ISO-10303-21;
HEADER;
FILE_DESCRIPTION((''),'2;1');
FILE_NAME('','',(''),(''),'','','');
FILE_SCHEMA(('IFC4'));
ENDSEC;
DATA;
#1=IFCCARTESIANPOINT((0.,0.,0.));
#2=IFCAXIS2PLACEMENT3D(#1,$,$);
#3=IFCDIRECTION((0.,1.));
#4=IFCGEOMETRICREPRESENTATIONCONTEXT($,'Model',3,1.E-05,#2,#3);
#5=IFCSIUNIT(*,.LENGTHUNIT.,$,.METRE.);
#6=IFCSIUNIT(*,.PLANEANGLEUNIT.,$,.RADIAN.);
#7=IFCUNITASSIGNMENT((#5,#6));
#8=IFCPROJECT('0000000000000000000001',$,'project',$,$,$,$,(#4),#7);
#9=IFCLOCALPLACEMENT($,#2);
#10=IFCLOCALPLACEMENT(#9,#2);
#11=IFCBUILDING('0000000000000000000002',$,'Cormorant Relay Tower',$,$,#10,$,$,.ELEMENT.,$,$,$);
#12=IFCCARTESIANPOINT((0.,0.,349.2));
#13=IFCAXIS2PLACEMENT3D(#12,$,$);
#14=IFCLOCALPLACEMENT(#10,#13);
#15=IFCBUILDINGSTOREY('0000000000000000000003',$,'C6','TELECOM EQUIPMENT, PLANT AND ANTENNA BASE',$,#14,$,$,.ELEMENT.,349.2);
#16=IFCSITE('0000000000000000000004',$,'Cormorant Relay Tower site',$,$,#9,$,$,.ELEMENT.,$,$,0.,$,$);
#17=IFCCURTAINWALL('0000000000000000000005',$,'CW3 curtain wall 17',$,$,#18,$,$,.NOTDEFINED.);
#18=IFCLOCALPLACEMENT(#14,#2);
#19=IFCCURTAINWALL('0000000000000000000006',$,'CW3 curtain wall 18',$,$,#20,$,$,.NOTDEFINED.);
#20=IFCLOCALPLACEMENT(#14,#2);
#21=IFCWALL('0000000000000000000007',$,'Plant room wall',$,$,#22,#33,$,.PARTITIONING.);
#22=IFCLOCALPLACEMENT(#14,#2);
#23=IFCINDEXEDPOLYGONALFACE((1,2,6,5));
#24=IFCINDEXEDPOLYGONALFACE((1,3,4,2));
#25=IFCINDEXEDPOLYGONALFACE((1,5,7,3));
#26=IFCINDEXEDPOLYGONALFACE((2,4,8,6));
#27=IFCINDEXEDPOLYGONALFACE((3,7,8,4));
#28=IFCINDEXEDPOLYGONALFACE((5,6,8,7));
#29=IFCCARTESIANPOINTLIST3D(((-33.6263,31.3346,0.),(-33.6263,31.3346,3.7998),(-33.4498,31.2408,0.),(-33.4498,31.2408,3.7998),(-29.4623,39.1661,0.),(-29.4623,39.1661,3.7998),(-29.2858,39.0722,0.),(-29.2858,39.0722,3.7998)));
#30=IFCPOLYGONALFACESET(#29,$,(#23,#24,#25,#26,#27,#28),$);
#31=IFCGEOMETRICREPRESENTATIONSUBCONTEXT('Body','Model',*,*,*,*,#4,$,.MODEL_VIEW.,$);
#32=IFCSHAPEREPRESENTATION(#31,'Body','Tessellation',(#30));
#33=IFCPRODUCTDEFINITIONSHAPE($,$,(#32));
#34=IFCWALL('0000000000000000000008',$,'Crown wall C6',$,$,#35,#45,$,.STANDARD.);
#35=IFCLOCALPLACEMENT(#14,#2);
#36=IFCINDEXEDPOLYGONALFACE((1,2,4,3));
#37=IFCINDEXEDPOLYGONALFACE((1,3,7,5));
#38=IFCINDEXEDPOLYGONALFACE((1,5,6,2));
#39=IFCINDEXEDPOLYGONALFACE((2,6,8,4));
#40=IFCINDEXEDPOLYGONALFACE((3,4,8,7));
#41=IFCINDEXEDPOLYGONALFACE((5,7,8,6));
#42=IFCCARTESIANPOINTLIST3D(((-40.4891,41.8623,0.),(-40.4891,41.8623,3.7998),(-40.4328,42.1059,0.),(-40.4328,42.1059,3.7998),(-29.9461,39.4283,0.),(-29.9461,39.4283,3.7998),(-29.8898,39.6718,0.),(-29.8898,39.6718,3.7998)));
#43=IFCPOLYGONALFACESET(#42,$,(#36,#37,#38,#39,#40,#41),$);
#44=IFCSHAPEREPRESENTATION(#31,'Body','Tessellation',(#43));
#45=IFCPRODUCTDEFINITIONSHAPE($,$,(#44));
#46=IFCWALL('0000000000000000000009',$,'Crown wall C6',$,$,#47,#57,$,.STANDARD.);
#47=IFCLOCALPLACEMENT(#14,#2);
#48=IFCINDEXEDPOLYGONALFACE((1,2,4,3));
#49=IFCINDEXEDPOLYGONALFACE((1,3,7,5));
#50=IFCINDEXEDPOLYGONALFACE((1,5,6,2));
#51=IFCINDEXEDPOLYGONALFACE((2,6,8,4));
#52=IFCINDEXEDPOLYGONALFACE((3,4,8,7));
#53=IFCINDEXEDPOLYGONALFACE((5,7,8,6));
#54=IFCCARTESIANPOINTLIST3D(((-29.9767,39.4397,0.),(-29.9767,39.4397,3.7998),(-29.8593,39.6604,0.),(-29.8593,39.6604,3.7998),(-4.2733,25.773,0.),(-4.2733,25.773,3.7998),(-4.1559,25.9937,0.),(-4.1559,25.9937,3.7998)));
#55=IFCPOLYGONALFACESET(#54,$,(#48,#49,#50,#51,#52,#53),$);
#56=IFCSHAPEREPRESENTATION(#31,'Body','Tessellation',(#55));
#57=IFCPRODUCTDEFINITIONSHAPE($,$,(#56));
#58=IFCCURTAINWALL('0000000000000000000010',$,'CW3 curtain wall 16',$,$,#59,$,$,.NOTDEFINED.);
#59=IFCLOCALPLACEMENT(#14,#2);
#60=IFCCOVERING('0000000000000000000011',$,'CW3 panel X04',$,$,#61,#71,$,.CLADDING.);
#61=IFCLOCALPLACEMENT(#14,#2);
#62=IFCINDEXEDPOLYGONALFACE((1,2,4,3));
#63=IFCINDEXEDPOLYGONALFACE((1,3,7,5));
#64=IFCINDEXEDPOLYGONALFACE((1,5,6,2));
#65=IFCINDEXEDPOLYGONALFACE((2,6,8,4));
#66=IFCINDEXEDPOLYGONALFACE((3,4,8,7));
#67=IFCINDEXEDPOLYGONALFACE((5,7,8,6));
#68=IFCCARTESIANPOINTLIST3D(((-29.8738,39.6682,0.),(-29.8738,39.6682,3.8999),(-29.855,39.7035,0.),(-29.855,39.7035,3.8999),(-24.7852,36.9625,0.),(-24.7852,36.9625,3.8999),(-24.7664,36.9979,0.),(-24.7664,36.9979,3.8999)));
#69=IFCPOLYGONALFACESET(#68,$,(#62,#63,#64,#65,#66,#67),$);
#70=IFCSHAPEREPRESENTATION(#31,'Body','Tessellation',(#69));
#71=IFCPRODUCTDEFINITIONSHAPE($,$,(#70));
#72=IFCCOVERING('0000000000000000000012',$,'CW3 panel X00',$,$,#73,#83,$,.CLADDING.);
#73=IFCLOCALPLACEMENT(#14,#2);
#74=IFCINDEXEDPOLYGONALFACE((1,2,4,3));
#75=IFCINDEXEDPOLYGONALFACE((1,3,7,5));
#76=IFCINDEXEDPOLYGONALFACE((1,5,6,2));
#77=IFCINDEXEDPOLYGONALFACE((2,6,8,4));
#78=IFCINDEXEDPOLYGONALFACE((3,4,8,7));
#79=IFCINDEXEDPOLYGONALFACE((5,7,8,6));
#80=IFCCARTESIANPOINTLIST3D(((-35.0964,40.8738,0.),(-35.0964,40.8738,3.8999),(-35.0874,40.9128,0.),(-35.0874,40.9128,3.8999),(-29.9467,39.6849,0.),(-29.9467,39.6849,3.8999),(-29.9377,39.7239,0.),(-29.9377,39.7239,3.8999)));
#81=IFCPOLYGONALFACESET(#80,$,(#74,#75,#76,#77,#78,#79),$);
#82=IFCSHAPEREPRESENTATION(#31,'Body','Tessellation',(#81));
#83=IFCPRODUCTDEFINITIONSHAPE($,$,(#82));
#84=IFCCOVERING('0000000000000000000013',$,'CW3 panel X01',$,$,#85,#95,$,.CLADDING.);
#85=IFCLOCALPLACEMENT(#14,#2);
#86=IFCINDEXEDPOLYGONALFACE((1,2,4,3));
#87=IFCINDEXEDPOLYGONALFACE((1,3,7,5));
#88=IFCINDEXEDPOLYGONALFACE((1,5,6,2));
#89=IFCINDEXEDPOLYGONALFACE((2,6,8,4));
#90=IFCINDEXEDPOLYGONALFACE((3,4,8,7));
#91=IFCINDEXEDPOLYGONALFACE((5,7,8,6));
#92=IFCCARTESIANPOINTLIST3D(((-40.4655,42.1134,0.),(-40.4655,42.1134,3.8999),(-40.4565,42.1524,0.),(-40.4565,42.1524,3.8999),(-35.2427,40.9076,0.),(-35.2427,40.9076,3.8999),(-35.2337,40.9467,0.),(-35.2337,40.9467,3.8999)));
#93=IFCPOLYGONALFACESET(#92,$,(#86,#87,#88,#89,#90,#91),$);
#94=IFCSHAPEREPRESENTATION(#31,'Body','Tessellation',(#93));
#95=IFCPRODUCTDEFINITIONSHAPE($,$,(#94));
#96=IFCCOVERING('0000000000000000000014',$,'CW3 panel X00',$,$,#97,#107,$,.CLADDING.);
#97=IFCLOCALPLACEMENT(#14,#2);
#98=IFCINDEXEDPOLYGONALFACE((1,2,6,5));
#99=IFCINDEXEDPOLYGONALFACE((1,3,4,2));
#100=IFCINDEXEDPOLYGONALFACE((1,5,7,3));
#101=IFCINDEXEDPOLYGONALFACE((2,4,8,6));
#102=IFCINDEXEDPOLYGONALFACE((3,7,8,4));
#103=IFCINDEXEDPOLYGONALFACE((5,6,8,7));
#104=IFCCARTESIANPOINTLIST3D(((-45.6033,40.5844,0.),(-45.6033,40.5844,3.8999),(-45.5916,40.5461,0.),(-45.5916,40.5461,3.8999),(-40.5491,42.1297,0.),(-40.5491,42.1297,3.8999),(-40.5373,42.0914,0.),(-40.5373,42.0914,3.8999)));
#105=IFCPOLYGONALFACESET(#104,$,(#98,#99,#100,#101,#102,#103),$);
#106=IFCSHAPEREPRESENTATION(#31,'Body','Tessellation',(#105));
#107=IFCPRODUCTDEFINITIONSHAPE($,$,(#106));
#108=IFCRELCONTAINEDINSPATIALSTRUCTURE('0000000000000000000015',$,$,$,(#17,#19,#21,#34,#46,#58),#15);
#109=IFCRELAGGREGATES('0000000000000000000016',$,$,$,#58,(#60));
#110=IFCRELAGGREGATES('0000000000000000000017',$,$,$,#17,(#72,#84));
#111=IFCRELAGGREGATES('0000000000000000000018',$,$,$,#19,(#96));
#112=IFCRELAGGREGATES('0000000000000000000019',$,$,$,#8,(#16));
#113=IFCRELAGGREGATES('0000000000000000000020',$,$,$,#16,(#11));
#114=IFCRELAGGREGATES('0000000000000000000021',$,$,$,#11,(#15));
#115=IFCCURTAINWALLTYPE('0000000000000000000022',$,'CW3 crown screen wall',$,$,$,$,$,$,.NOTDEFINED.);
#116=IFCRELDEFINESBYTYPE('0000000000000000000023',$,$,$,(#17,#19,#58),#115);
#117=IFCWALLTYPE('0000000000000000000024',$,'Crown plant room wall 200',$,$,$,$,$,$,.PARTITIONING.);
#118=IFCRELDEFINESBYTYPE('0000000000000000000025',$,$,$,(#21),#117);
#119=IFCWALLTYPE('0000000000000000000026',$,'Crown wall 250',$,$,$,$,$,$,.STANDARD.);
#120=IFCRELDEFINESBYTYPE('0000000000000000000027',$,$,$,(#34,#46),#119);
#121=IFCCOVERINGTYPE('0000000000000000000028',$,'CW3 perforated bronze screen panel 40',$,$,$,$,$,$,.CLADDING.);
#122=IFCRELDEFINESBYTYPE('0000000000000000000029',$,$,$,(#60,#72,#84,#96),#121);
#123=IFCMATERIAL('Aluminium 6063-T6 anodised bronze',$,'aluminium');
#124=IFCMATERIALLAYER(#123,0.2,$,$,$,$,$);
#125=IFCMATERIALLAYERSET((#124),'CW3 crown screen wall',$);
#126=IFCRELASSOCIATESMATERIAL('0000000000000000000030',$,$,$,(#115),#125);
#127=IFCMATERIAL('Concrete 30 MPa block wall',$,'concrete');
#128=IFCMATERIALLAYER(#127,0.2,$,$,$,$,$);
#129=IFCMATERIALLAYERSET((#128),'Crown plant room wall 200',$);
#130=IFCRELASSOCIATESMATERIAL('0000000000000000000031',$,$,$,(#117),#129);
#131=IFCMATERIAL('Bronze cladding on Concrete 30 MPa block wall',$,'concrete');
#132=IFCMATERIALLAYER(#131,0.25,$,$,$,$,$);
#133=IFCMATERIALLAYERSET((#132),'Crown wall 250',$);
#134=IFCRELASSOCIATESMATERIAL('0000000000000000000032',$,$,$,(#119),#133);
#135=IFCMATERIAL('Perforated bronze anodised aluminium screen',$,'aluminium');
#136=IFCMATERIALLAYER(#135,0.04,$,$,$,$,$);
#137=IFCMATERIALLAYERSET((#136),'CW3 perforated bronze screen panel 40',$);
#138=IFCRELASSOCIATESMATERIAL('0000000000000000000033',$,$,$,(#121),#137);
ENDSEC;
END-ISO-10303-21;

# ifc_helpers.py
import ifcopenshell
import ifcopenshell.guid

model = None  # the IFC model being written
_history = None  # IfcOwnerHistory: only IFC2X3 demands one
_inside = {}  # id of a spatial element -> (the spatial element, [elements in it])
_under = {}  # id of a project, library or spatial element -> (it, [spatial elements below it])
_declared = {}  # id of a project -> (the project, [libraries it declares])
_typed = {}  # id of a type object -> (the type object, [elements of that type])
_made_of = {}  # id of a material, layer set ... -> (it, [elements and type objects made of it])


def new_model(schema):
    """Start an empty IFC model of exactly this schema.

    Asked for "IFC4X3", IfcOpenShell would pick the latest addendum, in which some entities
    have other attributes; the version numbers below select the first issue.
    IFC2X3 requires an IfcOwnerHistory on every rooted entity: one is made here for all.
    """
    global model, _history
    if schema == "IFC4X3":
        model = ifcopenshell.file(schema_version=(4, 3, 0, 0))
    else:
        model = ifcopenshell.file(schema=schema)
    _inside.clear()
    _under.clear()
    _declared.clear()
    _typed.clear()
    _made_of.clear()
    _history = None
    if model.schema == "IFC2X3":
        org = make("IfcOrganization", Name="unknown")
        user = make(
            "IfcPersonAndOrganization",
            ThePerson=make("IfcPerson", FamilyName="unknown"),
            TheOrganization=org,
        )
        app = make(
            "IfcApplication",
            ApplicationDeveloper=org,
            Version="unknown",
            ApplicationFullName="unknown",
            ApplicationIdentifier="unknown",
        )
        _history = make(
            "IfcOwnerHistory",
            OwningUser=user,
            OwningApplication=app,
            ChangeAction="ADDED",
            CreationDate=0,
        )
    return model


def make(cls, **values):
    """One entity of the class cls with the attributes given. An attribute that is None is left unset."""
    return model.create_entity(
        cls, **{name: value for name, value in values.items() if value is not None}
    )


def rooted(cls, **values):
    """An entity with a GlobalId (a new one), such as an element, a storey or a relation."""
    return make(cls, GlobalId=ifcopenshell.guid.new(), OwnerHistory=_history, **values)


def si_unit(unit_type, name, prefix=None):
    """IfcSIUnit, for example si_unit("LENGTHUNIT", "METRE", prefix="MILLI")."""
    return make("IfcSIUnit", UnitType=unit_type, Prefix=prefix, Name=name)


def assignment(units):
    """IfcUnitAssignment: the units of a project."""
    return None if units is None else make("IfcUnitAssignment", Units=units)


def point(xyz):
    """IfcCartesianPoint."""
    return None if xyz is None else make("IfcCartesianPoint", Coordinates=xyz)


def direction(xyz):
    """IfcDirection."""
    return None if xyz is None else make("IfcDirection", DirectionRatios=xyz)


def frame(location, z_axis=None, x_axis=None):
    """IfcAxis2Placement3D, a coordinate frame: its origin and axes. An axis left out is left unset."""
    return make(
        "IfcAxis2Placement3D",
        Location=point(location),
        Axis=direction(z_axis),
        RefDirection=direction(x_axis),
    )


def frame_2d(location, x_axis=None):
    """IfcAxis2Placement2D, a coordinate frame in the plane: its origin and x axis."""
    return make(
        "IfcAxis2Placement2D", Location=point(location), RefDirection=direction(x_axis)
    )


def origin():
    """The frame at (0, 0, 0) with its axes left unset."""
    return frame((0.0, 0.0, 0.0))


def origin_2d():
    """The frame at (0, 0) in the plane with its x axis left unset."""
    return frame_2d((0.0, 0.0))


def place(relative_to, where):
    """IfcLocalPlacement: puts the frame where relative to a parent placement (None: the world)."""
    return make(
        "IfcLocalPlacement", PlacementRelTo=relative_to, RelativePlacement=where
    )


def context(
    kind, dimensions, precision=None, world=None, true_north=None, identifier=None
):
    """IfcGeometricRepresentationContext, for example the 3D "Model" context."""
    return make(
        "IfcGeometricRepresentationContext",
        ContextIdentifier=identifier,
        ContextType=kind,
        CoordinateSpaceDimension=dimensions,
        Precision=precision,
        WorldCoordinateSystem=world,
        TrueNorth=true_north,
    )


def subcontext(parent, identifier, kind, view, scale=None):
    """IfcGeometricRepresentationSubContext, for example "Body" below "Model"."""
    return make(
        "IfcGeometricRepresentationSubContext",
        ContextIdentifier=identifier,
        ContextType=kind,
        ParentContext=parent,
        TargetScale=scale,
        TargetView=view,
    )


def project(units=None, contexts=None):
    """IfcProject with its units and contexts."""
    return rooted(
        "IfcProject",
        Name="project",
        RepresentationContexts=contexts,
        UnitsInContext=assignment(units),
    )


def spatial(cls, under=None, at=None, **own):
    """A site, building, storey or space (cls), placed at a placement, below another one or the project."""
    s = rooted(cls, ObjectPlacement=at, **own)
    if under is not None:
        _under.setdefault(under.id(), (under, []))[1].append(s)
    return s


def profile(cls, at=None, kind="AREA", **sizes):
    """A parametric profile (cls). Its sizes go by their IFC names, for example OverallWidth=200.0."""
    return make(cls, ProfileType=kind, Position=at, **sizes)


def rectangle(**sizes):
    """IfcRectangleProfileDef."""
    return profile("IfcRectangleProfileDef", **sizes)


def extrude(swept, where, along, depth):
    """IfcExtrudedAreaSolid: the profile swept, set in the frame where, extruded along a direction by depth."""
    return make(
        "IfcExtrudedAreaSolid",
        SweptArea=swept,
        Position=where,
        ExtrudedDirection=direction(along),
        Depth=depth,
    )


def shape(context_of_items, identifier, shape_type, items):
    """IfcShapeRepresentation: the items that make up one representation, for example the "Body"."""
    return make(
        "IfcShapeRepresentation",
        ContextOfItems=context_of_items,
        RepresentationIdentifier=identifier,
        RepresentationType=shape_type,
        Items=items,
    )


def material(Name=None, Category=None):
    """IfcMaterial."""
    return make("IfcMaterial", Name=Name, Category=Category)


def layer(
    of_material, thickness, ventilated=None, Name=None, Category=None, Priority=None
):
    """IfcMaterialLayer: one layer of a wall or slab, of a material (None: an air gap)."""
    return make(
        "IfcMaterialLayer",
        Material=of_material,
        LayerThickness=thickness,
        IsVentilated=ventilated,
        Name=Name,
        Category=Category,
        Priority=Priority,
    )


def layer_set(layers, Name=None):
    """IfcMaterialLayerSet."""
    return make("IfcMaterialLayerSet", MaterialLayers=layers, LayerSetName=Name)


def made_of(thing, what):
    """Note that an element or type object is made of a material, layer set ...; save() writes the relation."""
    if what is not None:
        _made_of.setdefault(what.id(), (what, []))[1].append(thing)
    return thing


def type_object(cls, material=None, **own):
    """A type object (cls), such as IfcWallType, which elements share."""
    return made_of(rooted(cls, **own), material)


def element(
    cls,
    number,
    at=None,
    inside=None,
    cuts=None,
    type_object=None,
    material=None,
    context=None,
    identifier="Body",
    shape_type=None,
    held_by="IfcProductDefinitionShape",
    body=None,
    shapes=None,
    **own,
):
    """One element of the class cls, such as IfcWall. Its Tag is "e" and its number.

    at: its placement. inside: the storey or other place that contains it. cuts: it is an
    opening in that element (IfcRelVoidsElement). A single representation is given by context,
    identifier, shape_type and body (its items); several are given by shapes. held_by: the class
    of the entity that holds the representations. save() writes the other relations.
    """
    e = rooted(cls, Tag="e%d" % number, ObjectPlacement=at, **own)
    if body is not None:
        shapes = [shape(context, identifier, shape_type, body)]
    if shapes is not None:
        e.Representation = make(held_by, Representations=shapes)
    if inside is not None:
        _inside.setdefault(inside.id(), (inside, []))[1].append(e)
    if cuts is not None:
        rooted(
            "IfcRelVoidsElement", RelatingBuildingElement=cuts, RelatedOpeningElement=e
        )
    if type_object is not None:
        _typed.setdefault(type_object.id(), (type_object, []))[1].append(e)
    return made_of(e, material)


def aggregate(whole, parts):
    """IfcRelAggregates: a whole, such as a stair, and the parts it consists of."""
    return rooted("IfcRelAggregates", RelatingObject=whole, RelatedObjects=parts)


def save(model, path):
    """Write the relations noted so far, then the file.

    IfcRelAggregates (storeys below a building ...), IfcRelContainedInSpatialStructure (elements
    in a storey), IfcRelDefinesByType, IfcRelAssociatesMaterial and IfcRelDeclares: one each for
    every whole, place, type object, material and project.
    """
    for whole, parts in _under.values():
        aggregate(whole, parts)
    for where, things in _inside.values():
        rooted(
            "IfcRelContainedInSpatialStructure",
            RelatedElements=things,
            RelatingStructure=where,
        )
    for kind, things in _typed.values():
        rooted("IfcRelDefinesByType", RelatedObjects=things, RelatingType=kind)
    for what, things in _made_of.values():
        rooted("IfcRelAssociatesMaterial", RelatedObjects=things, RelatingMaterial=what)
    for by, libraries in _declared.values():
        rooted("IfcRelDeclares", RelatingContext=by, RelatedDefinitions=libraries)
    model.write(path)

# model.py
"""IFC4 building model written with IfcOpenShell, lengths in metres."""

from ifc_helpers import new_model, si_unit, direction, frame, frame_2d, origin, origin_2d, place, context, subcontext, project, spatial, rectangle, extrude, material, layer, layer_set, type_object, element, aggregate, save


model = new_model("IFC4")

# Units and contexts
model_context = context("Model", 3, precision=1e-05, world=origin(), true_north=direction((0.0, 1.0)))
body_context = subcontext(model_context, "Body", "Model", "MODEL_VIEW")
ifc_project = project(units=[si_unit("LENGTHUNIT", "METRE"), si_unit("PLANEANGLEUNIT", "RADIAN")], contexts=[model_context])

# Site, building, storey
site_placement = place(None, origin())
site = spatial("IfcSite", under=ifc_project, at=site_placement, Name="Cormorant Relay Tower site", CompositionType="ELEMENT", RefElevation=0.0)
building_placement = place(site_placement, origin())
building = spatial("IfcBuilding", under=site, at=building_placement, Name="Cormorant Relay Tower", CompositionType="ELEMENT")
storey_placement = place(building_placement, frame((0.0, 0.0, 349.2)))
storey = spatial("IfcBuildingStorey", under=building, at=storey_placement, Name="C6", Description="TELECOM EQUIPMENT, PLANT AND ANTENNA BASE", CompositionType="ELEMENT", Elevation=349.2)

# Curtain walls
ifc_material_1 = material(Name="Aluminium 6063-T6 anodised bronze", Category="aluminium")
ifc_layer_1 = layer(ifc_material_1, 0.2)
ifc_layer_set_1 = layer_set([ifc_layer_1], Name="CW3 crown screen wall")
curtain_wall_type = type_object("IfcCurtainWallType", Name="CW3 crown screen wall", PredefinedType="NOTDEFINED", material=ifc_layer_set_1)
curtain_wall_1_placement = place(storey_placement, origin())
curtain_wall_1 = element("IfcCurtainWall", 1, at=curtain_wall_1_placement, inside=storey, type_object=curtain_wall_type, Name="CW3 curtain wall 17", PredefinedType="NOTDEFINED")
curtain_wall_2_placement = place(storey_placement, origin())
curtain_wall_2 = element("IfcCurtainWall", 2, at=curtain_wall_2_placement, inside=storey, type_object=curtain_wall_type, Name="CW3 curtain wall 18", PredefinedType="NOTDEFINED")

# Shared definitions
ifc_material_2 = material(Name="Concrete 30 MPa block wall", Category="concrete")
ifc_layer_2 = layer(ifc_material_2, 0.2)
ifc_layer_set_2 = layer_set([ifc_layer_2], Name="Crown plant room wall 200")
wall_type_1 = type_object("IfcWallType", Name="Crown plant room wall 200", PredefinedType="PARTITIONING", material=ifc_layer_set_2)

# Walls
wall_1_placement = place(storey_placement, frame((-29.374, 39.1191, 0.0), z_axis=(0.0, 0.0, 1.0), x_axis=(-0.469468, -0.88295, 0.0)))
element("IfcWall", 3, at=wall_1_placement, inside=storey, type_object=wall_type_1, Name="Plant room wall", PredefinedType="PARTITIONING", context=body_context, shape_type="SweptSolid", body=[
    extrude(rectangle(XDim=8.8696, YDim=0.2, at=frame_2d((4.4348, 0.0))), origin(), (0.0, 0.0, 1.0), 3.7998),
])
ifc_material_3 = material(Name="Bronze cladding on Concrete 30 MPa block wall", Category="concrete")
ifc_layer_3 = layer(ifc_material_3, 0.25)
ifc_layer_set_3 = layer_set([ifc_layer_3], Name="Crown wall 250")
wall_type_2 = type_object("IfcWallType", Name="Crown wall 250", PredefinedType="STANDARD", material=ifc_layer_set_3)
wall_2_placement = place(storey_placement, frame((-40.4609, 41.9841, 0.0), z_axis=(0.0, 0.0, 1.0), x_axis=(0.974369, -0.224955, 0.0)))
element("IfcWall", 4, at=wall_2_placement, inside=storey, type_object=wall_type_2, Name="Crown wall C6", PredefinedType="STANDARD", context=body_context, shape_type="SweptSolid", body=[
    extrude(rectangle(XDim=10.8203, YDim=0.25, at=frame_2d((5.4102, 0.0))), origin(), (0.0, 0.0, 1.0), 3.7998),
])
wall_3_placement = place(storey_placement, frame((-29.918, 39.55, 0.0), z_axis=(0.0, 0.0, 1.0), x_axis=(0.882947, -0.469472, 0.0)))
element("IfcWall", 5, at=wall_3_placement, inside=storey, type_object=wall_type_2, Name="Crown wall C6", PredefinedType="STANDARD", context=body_context, shape_type="SweptSolid", body=[
    extrude(rectangle(XDim=29.1108, YDim=0.25, at=frame_2d((14.5554, 0.0))), origin(), (0.0, 0.0, 1.0), 3.7998),
])

# Curtain wall, covering
curtain_wall_3_placement = place(storey_placement, origin())
curtain_wall_3 = element("IfcCurtainWall", 6, at=curtain_wall_3_placement, inside=storey, type_object=curtain_wall_type, Name="CW3 curtain wall 16", PredefinedType="NOTDEFINED")
ifc_material_4 = material(Name="Perforated bronze anodised aluminium screen", Category="aluminium")
ifc_layer_4 = layer(ifc_material_4, 0.04)
ifc_layer_set_4 = layer_set([ifc_layer_4], Name="CW3 perforated bronze screen panel 40")
covering_type = type_object("IfcCoveringType", Name="CW3 perforated bronze screen panel 40", PredefinedType="CLADDING", material=ifc_layer_set_4)
covering_1_placement = place(storey_placement, frame((-27.3201, 38.333, 0.0), z_axis=(0.0, 0.0, 1.0), x_axis=(-0.882948, 0.469472, 0.0)))
covering_1 = element("IfcCovering", 7, at=covering_1_placement, type_object=covering_type, Name="CW3 panel X04", PredefinedType="CLADDING", context=body_context, shape_type="SweptSolid", body=[
    extrude(rectangle(XDim=5.7632, YDim=0.04, at=origin_2d()), origin(), (0.0, 0.0, 1.0), 3.8999),
])
aggregate(curtain_wall_3, [covering_1])

# Coverings
covering_2_placement = place(storey_placement, frame((-32.5171, 40.2988, 0.0), z_axis=(0.0, 0.0, 1.0), x_axis=(-0.97437, 0.224951, 0.0)))
covering_2 = element("IfcCovering", 8, at=covering_2_placement, type_object=covering_type, Name="CW3 panel X00", PredefinedType="CLADDING", context=body_context, shape_type="SweptSolid", body=[
    extrude(rectangle(XDim=5.2852, YDim=0.04, at=origin_2d()), origin(), (0.0, 0.0, 1.0), 3.8999),
])
covering_3_placement = place(storey_placement, frame((-37.8496, 41.53, 0.0), z_axis=(0.0, 0.0, 1.0), x_axis=(-0.97437, 0.224951, 0.0)))
covering_3 = element("IfcCovering", 9, at=covering_3_placement, type_object=covering_type, Name="CW3 panel X01", PredefinedType="CLADDING", context=body_context, shape_type="SweptSolid", body=[
    extrude(rectangle(XDim=5.3601, YDim=0.04, at=origin_2d()), origin(), (0.0, 0.0, 1.0), 3.8999),
])
aggregate(curtain_wall_1, [covering_2, covering_3])
covering_4_placement = place(storey_placement, frame((-43.0703, 41.3379, 0.0), z_axis=(0.0, 0.0, 1.0), x_axis=(-0.956305, -0.292372, 0.0)))
covering_4 = element("IfcCovering", 10, at=covering_4_placement, type_object=covering_type, Name="CW3 panel X00", PredefinedType="CLADDING", context=body_context, shape_type="SweptSolid", body=[
    extrude(rectangle(XDim=5.2852, YDim=0.04, at=origin_2d()), origin(), (0.0, 0.0, 1.0), 3.8999),
])
aggregate(curtain_wall_2, [covering_4])

save(model, "model.ifc")
